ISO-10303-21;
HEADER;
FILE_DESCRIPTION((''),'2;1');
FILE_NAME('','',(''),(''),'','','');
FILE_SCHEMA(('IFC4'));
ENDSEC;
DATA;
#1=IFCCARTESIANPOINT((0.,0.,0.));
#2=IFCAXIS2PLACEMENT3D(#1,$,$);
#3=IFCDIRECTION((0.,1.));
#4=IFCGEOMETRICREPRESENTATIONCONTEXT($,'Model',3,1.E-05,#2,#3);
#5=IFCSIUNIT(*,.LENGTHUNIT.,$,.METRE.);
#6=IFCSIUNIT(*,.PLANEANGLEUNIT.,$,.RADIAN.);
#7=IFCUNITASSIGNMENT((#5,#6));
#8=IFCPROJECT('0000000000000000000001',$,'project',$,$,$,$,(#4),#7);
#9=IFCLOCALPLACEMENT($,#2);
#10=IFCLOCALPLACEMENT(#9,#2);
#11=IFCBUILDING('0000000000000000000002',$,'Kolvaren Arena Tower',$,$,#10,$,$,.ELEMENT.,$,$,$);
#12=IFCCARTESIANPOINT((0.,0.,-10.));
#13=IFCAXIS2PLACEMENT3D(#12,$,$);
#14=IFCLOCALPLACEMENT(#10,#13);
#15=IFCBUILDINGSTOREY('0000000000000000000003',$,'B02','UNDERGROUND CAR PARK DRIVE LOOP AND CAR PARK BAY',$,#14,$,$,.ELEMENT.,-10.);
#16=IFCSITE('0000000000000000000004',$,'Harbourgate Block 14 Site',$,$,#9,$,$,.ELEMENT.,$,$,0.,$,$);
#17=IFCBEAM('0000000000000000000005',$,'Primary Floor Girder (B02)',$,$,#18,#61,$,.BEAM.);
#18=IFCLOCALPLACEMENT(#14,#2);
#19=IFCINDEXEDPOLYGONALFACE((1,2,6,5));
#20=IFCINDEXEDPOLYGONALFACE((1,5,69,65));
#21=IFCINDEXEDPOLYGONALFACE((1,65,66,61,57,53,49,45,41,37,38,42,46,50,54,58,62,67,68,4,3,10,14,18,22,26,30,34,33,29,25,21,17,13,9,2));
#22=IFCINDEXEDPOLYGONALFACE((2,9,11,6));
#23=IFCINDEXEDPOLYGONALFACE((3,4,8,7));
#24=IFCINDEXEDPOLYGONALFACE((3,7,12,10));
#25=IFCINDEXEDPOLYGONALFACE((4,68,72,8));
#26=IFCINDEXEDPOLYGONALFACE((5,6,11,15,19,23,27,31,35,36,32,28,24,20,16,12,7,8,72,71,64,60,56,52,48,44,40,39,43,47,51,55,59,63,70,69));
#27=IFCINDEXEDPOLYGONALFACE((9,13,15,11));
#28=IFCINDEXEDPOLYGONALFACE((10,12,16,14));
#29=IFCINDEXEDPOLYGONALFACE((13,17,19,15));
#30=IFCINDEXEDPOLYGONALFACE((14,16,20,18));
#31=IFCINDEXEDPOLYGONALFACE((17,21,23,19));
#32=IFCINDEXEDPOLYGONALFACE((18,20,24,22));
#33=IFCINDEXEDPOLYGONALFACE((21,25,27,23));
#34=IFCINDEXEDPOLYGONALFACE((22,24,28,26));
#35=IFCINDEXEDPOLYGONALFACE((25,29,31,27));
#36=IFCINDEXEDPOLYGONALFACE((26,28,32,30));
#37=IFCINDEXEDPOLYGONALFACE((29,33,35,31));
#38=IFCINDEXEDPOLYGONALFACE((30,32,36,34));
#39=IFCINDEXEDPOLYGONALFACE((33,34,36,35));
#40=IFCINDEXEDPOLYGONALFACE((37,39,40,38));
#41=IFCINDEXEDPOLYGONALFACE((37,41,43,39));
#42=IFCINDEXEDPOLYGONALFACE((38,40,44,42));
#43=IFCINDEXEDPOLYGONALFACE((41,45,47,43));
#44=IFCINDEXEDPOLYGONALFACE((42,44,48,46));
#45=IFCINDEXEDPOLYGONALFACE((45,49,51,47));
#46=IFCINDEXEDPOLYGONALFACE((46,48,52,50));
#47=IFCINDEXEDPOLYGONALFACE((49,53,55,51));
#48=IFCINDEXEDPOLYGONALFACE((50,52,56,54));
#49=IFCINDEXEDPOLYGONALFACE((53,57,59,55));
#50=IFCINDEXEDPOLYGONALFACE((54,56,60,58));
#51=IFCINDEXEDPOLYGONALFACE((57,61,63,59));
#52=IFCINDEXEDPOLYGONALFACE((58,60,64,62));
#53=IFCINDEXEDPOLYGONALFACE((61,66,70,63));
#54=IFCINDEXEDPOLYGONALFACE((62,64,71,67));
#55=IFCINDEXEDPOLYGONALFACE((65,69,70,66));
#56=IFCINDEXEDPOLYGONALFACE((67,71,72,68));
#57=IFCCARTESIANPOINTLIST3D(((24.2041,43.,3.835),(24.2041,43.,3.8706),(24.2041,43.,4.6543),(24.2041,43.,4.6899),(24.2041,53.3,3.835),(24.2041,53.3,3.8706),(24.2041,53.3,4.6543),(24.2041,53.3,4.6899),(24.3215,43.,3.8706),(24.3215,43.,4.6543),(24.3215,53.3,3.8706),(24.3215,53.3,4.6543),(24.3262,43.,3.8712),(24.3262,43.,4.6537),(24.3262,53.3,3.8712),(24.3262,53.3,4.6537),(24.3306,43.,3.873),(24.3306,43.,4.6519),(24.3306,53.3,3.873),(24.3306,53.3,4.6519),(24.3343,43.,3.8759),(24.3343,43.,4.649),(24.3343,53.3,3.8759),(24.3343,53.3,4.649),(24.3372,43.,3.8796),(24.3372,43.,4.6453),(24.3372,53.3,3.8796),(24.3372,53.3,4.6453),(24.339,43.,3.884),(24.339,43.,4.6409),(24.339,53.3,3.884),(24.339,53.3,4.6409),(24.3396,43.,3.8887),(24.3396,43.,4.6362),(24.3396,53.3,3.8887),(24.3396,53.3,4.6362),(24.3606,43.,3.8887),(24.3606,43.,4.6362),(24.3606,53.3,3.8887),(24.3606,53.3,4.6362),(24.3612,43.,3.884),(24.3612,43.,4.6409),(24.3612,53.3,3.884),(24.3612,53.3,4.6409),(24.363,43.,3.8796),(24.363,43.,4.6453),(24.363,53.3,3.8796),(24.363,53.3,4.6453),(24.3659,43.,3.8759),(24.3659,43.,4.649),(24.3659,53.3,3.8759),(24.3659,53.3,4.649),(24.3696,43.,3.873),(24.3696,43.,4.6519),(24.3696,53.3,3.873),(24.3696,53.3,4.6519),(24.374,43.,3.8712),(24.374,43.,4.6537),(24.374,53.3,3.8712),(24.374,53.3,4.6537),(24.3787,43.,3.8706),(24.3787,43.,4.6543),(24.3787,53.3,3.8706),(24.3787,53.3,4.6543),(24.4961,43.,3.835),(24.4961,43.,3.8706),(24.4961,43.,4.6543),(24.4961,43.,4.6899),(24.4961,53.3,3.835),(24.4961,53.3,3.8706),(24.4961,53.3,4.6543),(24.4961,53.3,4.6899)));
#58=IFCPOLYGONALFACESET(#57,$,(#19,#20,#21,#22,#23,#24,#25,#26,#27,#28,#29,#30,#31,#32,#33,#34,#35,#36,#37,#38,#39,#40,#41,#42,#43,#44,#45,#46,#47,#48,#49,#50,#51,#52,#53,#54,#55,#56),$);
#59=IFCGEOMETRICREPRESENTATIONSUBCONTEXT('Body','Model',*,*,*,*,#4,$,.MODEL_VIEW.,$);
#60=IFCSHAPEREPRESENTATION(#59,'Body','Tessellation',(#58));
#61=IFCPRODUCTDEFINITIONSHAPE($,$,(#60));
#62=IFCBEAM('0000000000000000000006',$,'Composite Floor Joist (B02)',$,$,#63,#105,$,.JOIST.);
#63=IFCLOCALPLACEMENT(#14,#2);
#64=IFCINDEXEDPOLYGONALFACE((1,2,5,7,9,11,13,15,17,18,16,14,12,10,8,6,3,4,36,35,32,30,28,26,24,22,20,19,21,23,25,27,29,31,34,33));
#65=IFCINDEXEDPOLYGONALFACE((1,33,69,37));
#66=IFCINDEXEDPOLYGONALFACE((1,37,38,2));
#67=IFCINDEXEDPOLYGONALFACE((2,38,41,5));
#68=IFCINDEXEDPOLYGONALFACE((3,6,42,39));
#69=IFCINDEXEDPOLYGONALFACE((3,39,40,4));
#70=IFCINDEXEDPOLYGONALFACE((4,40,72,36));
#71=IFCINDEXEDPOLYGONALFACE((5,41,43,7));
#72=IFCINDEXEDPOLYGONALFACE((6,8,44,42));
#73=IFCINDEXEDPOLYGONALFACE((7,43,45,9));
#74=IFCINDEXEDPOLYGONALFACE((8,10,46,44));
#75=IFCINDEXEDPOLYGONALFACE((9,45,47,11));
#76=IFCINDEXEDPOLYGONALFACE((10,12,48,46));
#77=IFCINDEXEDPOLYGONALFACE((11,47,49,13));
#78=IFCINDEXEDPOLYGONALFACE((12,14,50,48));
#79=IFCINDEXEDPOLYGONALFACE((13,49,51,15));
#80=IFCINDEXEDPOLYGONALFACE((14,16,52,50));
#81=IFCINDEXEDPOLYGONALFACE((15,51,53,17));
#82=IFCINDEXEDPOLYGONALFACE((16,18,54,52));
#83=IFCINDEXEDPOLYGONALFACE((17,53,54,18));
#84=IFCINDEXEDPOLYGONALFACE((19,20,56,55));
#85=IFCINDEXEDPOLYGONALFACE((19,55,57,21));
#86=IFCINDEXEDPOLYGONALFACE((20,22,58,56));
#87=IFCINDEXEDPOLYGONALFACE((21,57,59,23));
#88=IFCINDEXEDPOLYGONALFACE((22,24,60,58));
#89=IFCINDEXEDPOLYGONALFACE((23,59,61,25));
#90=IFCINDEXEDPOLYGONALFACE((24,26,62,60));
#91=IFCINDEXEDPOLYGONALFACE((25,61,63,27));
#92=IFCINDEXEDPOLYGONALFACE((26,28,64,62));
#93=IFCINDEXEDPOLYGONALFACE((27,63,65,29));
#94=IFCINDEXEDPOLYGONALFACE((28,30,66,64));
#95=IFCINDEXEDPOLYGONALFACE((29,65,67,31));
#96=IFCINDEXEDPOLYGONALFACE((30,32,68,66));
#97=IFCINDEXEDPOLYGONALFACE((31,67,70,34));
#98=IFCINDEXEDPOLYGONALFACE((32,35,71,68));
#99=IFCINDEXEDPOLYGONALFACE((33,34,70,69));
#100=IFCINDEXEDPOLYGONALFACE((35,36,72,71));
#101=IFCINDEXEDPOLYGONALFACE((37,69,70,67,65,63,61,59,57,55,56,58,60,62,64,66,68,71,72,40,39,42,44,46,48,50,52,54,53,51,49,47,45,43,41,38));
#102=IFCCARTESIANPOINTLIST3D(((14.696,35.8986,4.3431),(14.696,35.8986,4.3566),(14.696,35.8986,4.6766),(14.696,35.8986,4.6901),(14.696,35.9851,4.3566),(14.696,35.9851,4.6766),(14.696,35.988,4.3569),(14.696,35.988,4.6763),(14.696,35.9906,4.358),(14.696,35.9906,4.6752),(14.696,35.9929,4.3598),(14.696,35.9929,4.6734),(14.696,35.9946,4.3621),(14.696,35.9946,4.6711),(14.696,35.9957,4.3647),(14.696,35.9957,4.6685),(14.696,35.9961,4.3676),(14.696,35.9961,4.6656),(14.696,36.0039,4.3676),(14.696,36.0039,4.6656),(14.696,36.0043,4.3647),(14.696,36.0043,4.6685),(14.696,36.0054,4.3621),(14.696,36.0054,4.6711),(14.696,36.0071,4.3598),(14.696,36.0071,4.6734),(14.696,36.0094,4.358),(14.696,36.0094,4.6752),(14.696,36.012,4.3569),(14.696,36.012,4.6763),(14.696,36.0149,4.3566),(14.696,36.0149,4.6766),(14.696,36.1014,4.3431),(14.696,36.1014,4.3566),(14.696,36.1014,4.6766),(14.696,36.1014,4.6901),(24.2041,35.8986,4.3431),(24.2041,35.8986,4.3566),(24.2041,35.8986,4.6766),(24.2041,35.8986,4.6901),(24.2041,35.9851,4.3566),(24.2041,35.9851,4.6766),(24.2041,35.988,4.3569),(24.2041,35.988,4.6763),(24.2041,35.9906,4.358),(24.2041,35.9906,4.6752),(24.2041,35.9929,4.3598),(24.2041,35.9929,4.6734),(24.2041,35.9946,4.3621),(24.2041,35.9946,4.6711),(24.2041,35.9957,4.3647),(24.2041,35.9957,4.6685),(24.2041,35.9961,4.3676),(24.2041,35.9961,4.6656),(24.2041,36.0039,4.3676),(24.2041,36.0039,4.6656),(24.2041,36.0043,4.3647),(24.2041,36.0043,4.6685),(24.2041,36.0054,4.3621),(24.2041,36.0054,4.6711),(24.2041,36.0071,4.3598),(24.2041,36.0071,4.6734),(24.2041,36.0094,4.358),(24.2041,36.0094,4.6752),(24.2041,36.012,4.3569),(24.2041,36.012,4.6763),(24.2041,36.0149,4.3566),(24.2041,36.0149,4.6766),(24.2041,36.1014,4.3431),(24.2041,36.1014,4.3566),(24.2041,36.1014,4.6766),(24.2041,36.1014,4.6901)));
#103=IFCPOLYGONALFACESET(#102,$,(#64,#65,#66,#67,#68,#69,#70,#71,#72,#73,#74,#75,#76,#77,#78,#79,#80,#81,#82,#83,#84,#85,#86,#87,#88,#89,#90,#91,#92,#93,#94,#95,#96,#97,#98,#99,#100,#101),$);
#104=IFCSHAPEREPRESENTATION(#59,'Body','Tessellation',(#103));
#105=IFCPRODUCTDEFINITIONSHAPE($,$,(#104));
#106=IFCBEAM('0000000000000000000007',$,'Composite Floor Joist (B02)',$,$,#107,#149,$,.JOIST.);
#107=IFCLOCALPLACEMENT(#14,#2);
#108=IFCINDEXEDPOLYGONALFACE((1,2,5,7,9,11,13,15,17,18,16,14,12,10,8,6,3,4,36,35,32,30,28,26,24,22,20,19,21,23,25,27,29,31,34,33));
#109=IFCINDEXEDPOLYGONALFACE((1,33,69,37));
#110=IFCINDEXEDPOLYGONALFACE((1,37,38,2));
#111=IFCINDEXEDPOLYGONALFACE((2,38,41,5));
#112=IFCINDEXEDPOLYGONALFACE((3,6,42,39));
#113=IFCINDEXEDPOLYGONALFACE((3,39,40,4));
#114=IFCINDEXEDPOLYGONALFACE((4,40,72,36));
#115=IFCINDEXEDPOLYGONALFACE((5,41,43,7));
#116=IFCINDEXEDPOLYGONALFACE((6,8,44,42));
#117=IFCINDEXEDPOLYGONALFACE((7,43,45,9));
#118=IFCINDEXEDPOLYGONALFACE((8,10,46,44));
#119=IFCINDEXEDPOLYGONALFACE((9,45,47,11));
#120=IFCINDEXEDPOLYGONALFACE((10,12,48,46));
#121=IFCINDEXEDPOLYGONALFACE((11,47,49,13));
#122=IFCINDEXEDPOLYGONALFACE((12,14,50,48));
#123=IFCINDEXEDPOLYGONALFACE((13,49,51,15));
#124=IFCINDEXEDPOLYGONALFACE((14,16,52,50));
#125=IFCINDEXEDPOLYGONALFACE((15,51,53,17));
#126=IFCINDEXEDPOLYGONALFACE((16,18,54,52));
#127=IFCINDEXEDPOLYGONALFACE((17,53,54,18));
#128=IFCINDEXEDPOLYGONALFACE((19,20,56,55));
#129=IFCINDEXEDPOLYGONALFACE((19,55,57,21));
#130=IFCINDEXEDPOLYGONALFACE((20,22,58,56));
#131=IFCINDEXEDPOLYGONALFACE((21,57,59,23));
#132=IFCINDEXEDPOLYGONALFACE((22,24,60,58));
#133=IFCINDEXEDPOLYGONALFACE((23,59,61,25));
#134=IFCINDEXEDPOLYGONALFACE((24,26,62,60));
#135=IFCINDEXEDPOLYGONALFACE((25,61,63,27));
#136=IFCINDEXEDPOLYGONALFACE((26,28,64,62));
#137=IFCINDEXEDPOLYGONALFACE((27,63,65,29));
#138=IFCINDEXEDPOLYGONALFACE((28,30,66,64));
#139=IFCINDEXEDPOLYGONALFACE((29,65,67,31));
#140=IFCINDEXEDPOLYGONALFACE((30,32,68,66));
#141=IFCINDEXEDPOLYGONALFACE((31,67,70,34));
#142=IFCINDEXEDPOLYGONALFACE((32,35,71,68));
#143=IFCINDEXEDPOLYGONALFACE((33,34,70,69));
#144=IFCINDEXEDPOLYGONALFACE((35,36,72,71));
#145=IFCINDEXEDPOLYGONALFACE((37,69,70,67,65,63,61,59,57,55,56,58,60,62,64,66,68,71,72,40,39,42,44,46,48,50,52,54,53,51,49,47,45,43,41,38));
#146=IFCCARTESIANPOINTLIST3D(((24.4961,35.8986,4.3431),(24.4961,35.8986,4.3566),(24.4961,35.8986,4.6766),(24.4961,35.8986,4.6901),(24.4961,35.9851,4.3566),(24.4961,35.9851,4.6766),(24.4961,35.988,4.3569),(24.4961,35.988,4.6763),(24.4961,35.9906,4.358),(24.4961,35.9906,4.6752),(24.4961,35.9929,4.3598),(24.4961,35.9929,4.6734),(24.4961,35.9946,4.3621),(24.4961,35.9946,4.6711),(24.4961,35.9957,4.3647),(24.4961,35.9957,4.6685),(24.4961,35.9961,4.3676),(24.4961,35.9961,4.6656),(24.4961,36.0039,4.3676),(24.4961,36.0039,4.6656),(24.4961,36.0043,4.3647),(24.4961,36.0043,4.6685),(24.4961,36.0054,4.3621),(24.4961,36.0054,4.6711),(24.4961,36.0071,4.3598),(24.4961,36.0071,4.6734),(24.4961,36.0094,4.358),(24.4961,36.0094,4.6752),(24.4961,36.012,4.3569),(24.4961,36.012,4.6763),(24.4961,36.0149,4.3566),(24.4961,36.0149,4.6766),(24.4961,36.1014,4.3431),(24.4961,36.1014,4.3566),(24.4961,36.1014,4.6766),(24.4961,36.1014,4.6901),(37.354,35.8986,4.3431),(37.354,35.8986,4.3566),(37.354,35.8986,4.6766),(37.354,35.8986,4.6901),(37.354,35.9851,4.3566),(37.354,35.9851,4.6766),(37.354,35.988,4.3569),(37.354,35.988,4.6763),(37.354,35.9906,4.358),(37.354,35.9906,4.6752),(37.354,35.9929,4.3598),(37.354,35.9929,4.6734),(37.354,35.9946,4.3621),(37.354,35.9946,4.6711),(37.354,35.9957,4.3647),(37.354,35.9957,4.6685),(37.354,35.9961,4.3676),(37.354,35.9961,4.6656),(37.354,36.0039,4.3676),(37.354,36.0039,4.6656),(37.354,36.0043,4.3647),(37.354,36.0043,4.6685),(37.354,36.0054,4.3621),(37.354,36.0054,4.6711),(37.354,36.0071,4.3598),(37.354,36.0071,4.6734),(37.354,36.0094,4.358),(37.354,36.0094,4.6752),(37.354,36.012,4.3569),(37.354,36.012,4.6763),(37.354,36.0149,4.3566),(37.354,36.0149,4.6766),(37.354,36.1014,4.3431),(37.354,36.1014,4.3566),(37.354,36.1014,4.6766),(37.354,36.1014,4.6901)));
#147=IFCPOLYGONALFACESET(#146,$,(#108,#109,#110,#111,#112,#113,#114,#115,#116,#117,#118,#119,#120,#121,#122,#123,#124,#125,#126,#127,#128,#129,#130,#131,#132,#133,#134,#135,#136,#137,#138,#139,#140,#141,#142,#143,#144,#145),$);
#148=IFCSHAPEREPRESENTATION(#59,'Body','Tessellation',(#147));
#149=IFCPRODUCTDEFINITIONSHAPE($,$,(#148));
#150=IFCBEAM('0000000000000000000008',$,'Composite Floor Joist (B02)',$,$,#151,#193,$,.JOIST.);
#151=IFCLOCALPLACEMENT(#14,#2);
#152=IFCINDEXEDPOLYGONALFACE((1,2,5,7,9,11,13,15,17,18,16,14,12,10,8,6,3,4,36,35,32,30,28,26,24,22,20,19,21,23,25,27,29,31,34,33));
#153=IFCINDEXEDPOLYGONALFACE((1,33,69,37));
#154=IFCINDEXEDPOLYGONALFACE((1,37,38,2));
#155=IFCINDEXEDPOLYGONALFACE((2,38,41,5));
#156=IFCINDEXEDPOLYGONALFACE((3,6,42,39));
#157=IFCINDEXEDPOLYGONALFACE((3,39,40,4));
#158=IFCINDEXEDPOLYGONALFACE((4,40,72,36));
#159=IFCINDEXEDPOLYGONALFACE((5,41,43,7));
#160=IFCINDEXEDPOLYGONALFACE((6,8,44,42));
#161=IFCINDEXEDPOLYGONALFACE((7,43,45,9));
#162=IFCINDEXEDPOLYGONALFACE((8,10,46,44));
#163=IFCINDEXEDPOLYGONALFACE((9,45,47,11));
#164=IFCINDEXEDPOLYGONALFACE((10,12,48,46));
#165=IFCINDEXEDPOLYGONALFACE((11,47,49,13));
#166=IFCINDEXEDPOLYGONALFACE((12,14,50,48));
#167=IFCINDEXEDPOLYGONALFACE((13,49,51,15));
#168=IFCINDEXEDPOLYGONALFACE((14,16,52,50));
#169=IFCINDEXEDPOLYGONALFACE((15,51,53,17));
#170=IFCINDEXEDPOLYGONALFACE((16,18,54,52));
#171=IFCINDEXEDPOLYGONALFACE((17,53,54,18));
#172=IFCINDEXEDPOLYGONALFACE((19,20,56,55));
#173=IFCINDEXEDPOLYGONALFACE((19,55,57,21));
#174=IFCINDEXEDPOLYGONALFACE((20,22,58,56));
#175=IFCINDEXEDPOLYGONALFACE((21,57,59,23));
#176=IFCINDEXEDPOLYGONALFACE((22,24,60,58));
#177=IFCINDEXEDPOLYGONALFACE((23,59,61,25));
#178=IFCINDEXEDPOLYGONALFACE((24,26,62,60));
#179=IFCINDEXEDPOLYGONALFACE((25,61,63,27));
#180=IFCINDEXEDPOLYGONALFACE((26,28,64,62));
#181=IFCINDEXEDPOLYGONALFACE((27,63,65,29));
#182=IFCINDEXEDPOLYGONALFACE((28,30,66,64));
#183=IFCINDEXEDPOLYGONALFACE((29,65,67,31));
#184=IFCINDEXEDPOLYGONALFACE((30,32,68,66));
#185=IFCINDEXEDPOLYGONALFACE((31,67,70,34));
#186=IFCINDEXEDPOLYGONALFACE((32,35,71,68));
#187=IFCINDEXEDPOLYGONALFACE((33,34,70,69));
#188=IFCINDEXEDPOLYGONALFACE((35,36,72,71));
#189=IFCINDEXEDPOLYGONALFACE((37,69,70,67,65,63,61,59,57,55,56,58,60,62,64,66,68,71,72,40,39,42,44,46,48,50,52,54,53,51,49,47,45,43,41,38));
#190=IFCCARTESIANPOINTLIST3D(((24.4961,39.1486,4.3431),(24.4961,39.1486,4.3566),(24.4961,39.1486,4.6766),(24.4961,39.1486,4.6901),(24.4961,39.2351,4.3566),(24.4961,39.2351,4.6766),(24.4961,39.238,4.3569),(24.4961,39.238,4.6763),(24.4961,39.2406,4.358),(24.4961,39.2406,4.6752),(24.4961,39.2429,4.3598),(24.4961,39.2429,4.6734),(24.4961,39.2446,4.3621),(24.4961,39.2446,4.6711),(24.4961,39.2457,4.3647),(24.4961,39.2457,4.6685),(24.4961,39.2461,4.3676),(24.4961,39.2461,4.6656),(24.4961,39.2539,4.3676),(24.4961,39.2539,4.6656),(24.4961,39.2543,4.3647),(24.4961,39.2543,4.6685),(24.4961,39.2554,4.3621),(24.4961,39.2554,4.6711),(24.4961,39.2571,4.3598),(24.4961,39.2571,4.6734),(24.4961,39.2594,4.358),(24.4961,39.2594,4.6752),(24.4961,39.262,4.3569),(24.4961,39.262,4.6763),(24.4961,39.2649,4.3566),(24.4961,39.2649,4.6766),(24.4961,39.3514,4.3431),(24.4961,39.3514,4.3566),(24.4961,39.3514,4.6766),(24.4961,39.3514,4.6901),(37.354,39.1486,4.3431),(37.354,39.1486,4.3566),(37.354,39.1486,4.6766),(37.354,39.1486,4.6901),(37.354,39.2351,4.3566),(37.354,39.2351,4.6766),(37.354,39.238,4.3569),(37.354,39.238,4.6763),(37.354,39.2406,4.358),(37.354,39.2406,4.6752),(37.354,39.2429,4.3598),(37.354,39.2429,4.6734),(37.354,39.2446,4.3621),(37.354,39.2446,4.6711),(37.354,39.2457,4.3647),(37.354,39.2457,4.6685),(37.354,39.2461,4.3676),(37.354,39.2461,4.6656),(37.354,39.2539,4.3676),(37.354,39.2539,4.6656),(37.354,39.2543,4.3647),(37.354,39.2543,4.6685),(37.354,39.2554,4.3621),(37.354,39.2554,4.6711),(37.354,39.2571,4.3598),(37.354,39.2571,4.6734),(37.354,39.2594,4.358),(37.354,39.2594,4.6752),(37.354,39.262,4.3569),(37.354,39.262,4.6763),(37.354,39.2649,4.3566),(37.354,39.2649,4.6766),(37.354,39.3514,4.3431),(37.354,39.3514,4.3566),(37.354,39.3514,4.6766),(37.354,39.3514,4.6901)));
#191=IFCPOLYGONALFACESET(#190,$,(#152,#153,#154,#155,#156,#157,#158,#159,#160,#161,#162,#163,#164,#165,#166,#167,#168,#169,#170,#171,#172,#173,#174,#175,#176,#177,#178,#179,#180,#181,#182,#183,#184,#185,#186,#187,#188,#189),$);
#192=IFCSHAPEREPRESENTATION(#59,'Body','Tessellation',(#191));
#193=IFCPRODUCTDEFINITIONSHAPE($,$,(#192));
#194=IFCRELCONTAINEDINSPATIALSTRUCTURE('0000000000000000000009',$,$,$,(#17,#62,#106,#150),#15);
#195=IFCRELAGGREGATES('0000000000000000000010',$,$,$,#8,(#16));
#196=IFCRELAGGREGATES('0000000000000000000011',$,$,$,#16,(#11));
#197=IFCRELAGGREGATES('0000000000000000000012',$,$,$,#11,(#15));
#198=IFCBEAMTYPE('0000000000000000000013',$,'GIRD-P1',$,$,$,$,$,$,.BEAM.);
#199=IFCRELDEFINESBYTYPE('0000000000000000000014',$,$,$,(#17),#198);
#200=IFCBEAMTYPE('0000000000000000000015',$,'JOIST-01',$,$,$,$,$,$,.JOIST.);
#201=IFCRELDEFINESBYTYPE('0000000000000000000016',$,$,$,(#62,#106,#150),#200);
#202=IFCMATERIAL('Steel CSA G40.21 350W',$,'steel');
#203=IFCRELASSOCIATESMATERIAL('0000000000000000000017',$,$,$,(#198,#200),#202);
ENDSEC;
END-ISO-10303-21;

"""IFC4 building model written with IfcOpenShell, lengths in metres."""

from ifc_helpers import new_model, si_unit, direction, frame, origin, origin_2d, place, context, subcontext, project, spatial, i_section, extrude, material, material_profile, profile_set, type_object, element, save


model = new_model("IFC4")

# Units and contexts
model_context = context("Model", 3, precision=1e-05, world=origin(), true_north=direction((0.0, 1.0)))
body_context = subcontext(model_context, "Body", "Model", "MODEL_VIEW")
ifc_project = project(units=[si_unit("LENGTHUNIT", "METRE"), si_unit("PLANEANGLEUNIT", "RADIAN")], contexts=[model_context])

# Site, building, storey
site_placement = place(None, origin())
site = spatial("IfcSite", under=ifc_project, at=site_placement, Name="Harbourgate Block 14 Site", CompositionType="ELEMENT", RefElevation=0.0)
building_placement = place(site_placement, origin())
building = spatial("IfcBuilding", under=site, at=building_placement, Name="Kolvaren Arena Tower", CompositionType="ELEMENT")
storey_placement = place(building_placement, frame((0.0, 0.0, -10.0)))
storey = spatial("IfcBuildingStorey", under=building, at=storey_placement, Name="B02", Description="UNDERGROUND CAR PARK DRIVE LOOP AND CAR PARK BAY", CompositionType="ELEMENT", Elevation=-10.0)

# Beams
ifc_material_1 = material(Name="Steel CSA G40.21 350W", Category="steel")
ifc_material_profile_1 = material_profile(ifc_material_1, i_section(OverallWidth=0.292, OverallDepth=0.855, WebThickness=0.021, FlangeThickness=0.0356, FilletRadius=0.0181, at=origin_2d()), Name="W840x299")
ifc_profile_set_1 = profile_set([ifc_material_profile_1], Name="Steel CSA G40.21 350W")
beam_type_1 = type_object("IfcBeamType", Name="GIRD-P1", PredefinedType="BEAM", material=ifc_profile_set_1)
beam_1_placement = place(storey_placement, frame((24.3501, 43.0, 4.2625), z_axis=(0.0, 1.0, 0.0), x_axis=(-1.0, 0.0, 0.0)))
element("IfcBeam", 1, at=beam_1_placement, inside=storey, type_object=beam_type_1, Name="Primary Floor Girder (B02)", PredefinedType="BEAM", context=body_context, shape_type="SweptSolid", body=[
    extrude(i_section(OverallWidth=0.292, OverallDepth=0.855, WebThickness=0.021, FlangeThickness=0.0356, FilletRadius=0.0181, at=origin_2d()), origin(), (0.0, 0.0, 1.0), 10.3),
])
ifc_material_profile_2 = material_profile(ifc_material_1, i_section(OverallWidth=0.2029, OverallDepth=0.3469, WebThickness=0.0078, FlangeThickness=0.0134, FilletRadius=0.011, at=origin_2d()), Name="W360x64")
ifc_profile_set_2 = profile_set([ifc_material_profile_2], Name="Steel CSA G40.21 350W")
beam_type_2 = type_object("IfcBeamType", Name="JOIST-01", PredefinedType="JOIST", material=ifc_profile_set_2)
beam_2_placement = place(storey_placement, frame((14.696, 36.0, 4.5166), z_axis=(1.0, 0.0, 0.0), x_axis=(0.0, 1.0, 0.0)))
element("IfcBeam", 2, at=beam_2_placement, inside=storey, type_object=beam_type_2, Name="Composite Floor Joist (B02)", PredefinedType="JOIST", context=body_context, shape_type="SweptSolid", body=[
    extrude(i_section(OverallWidth=0.2029, OverallDepth=0.3469, WebThickness=0.0078, FlangeThickness=0.0134, FilletRadius=0.011, at=origin_2d()), origin(), (0.0, 0.0, 1.0), 9.5081),
])
for number, where, z_axis, x_axis, name in (
    (3, (24.4961, 36.0, 4.5166), (1.0, 0.0, 0.0), (0.0, 1.0, 0.0), "Composite Floor Joist (B02)"),
    (4, (24.4961, 39.25, 4.5166), (1.0, 0.0, 0.0), (0.0, 1.0, 0.0), "Composite Floor Joist (B02)"),
):
    element("IfcBeam", number, at=place(storey_placement, frame(where, z_axis=z_axis, x_axis=x_axis)), inside=storey, type_object=beam_type_2, Name=name, PredefinedType="JOIST", context=body_context, shape_type="SweptSolid", body=[
        extrude(i_section(OverallWidth=0.2029, OverallDepth=0.3469, WebThickness=0.0078, FlangeThickness=0.0134, FilletRadius=0.011, at=origin_2d()), origin(), (0.0, 0.0, 1.0), 12.8579),
    ])

save(model, "model.ifc")
